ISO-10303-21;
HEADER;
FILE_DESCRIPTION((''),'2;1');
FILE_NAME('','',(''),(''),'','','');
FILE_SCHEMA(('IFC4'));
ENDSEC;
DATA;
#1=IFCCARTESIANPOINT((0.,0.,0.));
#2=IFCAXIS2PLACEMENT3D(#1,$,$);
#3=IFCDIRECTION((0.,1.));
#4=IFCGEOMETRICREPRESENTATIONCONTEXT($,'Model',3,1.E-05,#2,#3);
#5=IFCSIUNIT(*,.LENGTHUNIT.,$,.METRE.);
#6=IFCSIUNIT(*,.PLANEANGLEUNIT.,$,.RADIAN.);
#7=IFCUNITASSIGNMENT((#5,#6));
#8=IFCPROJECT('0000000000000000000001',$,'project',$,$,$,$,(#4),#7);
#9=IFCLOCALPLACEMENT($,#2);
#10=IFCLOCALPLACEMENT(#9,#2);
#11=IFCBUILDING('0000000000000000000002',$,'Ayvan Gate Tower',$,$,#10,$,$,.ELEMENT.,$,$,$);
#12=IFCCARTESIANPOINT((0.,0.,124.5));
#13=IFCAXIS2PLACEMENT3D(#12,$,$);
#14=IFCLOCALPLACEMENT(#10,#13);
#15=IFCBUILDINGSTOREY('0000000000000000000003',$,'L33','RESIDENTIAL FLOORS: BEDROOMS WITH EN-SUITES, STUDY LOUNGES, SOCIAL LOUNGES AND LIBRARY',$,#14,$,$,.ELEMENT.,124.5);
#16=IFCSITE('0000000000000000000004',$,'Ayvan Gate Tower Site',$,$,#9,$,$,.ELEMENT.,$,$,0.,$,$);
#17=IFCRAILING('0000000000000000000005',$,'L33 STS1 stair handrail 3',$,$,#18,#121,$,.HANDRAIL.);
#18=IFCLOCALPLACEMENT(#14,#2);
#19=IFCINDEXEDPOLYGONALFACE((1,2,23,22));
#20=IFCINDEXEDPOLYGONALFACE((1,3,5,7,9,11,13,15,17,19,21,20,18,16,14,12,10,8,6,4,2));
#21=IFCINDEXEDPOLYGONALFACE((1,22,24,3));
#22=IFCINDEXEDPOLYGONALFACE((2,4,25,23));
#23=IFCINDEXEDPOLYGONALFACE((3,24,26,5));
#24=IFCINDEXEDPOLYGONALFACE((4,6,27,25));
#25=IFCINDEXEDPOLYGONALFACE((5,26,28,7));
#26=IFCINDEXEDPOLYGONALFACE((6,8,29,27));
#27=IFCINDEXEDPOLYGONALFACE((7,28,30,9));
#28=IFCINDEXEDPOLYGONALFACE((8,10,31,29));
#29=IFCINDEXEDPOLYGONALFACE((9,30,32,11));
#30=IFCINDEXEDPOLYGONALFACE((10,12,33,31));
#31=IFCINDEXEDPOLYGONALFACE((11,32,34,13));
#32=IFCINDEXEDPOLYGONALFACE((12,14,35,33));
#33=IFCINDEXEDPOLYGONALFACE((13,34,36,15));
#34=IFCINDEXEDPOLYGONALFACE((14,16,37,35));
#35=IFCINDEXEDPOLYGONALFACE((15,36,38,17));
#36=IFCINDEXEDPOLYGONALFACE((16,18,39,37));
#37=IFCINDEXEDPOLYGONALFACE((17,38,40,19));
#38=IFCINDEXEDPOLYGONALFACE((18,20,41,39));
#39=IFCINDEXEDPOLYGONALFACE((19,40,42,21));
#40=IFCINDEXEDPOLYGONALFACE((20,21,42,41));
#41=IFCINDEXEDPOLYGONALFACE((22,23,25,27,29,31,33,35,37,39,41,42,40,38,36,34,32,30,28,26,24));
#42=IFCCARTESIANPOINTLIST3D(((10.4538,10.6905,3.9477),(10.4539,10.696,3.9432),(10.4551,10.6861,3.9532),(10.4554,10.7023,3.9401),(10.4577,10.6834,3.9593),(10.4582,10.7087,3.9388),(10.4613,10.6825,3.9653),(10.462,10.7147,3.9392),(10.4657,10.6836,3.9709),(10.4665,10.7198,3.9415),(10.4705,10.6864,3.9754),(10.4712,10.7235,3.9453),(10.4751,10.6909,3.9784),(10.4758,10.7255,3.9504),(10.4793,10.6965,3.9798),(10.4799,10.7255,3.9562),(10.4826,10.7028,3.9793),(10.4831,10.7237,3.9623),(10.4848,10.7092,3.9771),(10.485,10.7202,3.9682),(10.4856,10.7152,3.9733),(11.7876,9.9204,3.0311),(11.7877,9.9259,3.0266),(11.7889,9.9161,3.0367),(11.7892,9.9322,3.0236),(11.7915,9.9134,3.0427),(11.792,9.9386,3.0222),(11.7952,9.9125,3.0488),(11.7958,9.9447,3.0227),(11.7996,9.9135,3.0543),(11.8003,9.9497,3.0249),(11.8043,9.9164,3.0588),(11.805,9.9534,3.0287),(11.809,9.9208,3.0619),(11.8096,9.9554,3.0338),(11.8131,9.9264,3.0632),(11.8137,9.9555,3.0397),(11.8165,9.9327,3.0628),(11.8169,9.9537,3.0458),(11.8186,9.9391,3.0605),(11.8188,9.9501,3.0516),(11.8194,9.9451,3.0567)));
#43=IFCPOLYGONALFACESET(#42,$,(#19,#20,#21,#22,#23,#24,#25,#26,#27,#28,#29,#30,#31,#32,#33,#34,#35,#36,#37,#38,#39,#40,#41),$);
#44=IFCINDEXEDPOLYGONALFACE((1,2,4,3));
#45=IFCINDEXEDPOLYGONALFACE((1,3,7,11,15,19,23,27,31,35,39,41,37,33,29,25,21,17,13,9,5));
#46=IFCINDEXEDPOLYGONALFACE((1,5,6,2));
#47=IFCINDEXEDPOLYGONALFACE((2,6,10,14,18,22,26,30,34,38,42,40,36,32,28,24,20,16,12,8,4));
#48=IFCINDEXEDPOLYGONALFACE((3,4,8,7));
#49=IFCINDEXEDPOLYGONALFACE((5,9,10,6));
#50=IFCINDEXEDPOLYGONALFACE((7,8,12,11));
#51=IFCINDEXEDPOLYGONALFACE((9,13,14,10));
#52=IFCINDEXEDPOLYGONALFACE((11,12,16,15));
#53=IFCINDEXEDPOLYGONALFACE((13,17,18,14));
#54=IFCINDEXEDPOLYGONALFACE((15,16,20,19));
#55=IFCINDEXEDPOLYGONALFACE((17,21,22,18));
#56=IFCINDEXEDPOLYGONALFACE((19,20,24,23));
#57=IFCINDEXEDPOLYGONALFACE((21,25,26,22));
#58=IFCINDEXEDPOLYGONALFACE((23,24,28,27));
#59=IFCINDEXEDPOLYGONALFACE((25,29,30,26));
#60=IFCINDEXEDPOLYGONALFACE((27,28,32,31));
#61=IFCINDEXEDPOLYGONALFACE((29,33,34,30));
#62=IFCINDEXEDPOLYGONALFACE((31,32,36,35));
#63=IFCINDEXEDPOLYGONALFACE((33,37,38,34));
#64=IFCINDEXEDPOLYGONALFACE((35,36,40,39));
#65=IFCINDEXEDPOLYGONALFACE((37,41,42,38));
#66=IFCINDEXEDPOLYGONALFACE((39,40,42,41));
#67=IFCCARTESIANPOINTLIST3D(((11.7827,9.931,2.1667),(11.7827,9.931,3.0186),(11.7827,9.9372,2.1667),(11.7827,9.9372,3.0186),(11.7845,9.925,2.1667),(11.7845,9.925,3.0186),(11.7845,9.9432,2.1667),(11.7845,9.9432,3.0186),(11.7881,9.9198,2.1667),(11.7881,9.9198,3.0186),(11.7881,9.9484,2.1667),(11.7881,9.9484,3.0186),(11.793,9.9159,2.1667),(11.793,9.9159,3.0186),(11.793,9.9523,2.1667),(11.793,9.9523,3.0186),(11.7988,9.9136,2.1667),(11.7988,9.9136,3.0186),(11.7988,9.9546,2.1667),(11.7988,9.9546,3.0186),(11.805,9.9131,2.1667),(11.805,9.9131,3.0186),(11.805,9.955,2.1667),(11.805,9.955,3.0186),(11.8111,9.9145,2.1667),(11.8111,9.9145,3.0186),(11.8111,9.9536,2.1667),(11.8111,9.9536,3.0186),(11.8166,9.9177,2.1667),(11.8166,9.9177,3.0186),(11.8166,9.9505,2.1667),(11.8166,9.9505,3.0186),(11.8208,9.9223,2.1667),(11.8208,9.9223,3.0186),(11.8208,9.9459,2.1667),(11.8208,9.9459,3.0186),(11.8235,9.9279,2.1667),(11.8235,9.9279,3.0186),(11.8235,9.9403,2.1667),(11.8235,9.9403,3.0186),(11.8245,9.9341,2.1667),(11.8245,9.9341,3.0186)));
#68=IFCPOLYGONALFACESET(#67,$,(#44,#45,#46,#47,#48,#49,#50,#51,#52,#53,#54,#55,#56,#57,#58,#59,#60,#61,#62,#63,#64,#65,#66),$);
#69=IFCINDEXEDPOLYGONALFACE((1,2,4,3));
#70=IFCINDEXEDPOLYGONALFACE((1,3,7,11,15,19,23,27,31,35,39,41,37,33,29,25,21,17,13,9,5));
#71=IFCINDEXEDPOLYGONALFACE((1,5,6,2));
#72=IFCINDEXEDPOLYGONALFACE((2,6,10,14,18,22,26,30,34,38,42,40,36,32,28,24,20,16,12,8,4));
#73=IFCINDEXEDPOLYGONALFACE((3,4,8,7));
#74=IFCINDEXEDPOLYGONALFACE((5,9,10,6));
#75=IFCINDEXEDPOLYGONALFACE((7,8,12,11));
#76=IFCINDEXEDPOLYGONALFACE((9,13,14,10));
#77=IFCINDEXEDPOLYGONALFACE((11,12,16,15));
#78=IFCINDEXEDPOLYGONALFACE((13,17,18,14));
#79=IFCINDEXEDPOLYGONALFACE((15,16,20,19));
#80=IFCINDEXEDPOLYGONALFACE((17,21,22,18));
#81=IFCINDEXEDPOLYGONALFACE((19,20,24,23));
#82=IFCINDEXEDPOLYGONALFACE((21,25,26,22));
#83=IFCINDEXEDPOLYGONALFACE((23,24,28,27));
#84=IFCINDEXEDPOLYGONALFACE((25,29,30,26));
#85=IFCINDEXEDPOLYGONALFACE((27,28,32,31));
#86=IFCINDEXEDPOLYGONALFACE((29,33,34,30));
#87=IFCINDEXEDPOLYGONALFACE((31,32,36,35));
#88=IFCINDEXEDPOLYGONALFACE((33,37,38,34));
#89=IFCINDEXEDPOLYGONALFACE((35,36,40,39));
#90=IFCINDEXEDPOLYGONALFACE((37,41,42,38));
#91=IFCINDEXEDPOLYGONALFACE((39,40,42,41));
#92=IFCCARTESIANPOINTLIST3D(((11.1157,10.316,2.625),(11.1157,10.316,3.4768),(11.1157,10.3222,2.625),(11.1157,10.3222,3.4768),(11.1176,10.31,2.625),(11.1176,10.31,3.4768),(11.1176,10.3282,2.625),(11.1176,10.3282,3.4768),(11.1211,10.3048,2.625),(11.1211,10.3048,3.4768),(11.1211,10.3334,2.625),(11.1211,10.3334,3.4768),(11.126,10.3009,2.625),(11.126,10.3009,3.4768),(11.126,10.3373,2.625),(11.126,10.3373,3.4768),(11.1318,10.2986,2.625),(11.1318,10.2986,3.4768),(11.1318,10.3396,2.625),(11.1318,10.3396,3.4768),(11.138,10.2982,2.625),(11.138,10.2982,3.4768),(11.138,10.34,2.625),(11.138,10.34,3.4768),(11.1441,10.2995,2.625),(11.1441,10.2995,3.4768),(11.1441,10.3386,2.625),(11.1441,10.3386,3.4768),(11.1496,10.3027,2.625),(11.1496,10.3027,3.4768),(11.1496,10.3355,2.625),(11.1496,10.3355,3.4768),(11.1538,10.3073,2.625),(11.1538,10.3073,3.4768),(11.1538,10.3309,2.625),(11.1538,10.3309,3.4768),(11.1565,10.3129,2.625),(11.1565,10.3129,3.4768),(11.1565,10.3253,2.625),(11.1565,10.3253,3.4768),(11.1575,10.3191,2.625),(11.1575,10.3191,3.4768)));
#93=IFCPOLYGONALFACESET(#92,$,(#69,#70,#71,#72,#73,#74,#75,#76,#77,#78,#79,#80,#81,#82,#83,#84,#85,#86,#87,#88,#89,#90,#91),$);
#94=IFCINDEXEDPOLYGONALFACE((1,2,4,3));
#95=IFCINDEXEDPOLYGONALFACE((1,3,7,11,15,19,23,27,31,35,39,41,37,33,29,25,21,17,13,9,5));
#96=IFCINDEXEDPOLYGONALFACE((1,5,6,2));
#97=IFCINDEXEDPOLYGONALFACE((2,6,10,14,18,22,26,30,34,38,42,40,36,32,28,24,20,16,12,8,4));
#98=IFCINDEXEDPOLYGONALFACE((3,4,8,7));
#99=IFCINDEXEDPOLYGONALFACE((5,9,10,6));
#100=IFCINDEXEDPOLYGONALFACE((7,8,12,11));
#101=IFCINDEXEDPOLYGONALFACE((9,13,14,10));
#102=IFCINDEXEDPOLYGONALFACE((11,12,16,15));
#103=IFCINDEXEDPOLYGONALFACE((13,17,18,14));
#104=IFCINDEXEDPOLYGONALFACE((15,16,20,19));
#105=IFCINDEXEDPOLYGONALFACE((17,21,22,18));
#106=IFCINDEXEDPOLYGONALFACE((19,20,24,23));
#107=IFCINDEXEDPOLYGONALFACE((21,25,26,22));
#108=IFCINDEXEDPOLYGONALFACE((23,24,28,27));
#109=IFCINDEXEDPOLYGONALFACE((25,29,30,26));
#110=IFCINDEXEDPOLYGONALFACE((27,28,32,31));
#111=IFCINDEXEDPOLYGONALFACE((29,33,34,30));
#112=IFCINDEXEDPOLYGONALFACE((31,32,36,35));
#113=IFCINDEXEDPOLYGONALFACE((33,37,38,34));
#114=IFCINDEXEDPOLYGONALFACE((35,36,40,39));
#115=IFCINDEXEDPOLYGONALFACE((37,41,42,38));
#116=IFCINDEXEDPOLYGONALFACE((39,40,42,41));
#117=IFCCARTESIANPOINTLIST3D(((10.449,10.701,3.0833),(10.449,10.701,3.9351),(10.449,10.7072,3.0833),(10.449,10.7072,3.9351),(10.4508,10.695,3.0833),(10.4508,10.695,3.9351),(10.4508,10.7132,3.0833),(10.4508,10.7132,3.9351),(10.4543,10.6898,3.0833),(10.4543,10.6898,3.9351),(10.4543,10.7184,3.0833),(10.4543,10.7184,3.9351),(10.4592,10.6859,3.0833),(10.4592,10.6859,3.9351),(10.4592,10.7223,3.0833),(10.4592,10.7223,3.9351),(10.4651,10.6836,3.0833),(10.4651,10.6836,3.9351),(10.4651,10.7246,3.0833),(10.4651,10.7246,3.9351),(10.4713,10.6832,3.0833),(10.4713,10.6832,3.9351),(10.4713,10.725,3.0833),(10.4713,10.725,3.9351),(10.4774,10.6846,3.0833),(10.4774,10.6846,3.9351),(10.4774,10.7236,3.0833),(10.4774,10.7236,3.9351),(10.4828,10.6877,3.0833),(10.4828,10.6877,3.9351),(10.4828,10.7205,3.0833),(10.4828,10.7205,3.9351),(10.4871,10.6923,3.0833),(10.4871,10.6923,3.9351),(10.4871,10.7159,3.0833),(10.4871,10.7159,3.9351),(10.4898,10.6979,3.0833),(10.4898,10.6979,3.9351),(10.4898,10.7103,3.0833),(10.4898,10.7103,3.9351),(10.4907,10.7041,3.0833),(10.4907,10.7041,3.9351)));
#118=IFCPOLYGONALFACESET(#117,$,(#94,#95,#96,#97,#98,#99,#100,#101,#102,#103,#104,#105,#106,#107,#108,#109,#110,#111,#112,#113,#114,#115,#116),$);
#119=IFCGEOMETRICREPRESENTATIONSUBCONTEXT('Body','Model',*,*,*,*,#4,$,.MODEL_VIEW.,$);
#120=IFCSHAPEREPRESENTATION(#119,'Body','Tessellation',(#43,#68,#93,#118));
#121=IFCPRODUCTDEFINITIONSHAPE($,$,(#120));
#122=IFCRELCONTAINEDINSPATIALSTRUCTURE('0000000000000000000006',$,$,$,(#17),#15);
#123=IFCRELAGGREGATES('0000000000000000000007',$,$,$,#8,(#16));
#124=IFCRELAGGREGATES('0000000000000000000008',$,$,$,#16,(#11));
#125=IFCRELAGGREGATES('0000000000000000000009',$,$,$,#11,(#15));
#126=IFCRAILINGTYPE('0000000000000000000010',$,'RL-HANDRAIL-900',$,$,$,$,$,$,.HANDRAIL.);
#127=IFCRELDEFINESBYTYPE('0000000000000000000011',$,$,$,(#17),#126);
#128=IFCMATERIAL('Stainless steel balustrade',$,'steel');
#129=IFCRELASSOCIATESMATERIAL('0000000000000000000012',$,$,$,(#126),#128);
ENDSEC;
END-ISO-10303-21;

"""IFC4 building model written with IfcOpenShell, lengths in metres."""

from ifc_helpers import new_model, si_unit, direction, frame, origin, origin_2d, place, context, subcontext, project, spatial, circle, extrude, material, type_object, element, save


model = new_model("IFC4")

# Units and contexts
model_context = context("Model", 3, precision=1e-05, world=origin(), true_north=direction((0.0, 1.0)))
body_context = subcontext(model_context, "Body", "Model", "MODEL_VIEW")
ifc_project = project(units=[si_unit("LENGTHUNIT", "METRE"), si_unit("PLANEANGLEUNIT", "RADIAN")], contexts=[model_context])

# Site, building, storey
site_placement = place(None, origin())
site = spatial("IfcSite", under=ifc_project, at=site_placement, Name="Ayvan Gate Tower Site", CompositionType="ELEMENT", RefElevation=0.0)
building_placement = place(site_placement, origin())
building = spatial("IfcBuilding", under=site, at=building_placement, Name="Ayvan Gate Tower", CompositionType="ELEMENT")
storey_placement = place(building_placement, frame((0.0, 0.0, 124.5)))
storey = spatial("IfcBuildingStorey", under=building, at=storey_placement, Name="L33", Description="RESIDENTIAL FLOORS: BEDROOMS WITH EN-SUITES, STUDY LOUNGES, SOCIAL LOUNGES AND LIBRARY", CompositionType="ELEMENT", Elevation=124.5)

# Railing
ifc_material_1 = material(Name="Stainless steel balustrade", Category="steel")
railing_type_1 = type_object("IfcRailingType", Name="RL-HANDRAIL-900", PredefinedType="HANDRAIL", material=ifc_material_1)
railing_1_placement = place(storey_placement, frame((11.8035, 9.9341, 2.1667)))
element("IfcRailing", 1, at=railing_1_placement, inside=storey, type_object=railing_type_1, Name="L33 STS1 stair handrail 3", PredefinedType="HANDRAIL", context=body_context, shape_type="SweptSolid", body=[
    extrude(circle(Radius=0.0239, at=origin_2d()), frame((0.0, 0.0, 0.876), z_axis=(-0.744216, 0.429664, 0.511401), x_axis=(-0.499992, -0.86603, 0.0)), (0.0, 0.0, 1.0), 1.7922),
    extrude(circle(Radius=0.021, at=origin_2d()), origin(), (0.0, 0.0, 1.0), 0.8518),
    extrude(circle(Radius=0.021, at=origin_2d()), frame((-0.667, 0.385, 0.4583)), (0.0, 0.0, 1.0), 0.8518),
    extrude(circle(Radius=0.021, at=origin_2d()), frame((-1.3337, 0.77, 0.9165)), (0.0, 0.0, 1.0), 0.8518),
])

save(model, "model.ifc")
